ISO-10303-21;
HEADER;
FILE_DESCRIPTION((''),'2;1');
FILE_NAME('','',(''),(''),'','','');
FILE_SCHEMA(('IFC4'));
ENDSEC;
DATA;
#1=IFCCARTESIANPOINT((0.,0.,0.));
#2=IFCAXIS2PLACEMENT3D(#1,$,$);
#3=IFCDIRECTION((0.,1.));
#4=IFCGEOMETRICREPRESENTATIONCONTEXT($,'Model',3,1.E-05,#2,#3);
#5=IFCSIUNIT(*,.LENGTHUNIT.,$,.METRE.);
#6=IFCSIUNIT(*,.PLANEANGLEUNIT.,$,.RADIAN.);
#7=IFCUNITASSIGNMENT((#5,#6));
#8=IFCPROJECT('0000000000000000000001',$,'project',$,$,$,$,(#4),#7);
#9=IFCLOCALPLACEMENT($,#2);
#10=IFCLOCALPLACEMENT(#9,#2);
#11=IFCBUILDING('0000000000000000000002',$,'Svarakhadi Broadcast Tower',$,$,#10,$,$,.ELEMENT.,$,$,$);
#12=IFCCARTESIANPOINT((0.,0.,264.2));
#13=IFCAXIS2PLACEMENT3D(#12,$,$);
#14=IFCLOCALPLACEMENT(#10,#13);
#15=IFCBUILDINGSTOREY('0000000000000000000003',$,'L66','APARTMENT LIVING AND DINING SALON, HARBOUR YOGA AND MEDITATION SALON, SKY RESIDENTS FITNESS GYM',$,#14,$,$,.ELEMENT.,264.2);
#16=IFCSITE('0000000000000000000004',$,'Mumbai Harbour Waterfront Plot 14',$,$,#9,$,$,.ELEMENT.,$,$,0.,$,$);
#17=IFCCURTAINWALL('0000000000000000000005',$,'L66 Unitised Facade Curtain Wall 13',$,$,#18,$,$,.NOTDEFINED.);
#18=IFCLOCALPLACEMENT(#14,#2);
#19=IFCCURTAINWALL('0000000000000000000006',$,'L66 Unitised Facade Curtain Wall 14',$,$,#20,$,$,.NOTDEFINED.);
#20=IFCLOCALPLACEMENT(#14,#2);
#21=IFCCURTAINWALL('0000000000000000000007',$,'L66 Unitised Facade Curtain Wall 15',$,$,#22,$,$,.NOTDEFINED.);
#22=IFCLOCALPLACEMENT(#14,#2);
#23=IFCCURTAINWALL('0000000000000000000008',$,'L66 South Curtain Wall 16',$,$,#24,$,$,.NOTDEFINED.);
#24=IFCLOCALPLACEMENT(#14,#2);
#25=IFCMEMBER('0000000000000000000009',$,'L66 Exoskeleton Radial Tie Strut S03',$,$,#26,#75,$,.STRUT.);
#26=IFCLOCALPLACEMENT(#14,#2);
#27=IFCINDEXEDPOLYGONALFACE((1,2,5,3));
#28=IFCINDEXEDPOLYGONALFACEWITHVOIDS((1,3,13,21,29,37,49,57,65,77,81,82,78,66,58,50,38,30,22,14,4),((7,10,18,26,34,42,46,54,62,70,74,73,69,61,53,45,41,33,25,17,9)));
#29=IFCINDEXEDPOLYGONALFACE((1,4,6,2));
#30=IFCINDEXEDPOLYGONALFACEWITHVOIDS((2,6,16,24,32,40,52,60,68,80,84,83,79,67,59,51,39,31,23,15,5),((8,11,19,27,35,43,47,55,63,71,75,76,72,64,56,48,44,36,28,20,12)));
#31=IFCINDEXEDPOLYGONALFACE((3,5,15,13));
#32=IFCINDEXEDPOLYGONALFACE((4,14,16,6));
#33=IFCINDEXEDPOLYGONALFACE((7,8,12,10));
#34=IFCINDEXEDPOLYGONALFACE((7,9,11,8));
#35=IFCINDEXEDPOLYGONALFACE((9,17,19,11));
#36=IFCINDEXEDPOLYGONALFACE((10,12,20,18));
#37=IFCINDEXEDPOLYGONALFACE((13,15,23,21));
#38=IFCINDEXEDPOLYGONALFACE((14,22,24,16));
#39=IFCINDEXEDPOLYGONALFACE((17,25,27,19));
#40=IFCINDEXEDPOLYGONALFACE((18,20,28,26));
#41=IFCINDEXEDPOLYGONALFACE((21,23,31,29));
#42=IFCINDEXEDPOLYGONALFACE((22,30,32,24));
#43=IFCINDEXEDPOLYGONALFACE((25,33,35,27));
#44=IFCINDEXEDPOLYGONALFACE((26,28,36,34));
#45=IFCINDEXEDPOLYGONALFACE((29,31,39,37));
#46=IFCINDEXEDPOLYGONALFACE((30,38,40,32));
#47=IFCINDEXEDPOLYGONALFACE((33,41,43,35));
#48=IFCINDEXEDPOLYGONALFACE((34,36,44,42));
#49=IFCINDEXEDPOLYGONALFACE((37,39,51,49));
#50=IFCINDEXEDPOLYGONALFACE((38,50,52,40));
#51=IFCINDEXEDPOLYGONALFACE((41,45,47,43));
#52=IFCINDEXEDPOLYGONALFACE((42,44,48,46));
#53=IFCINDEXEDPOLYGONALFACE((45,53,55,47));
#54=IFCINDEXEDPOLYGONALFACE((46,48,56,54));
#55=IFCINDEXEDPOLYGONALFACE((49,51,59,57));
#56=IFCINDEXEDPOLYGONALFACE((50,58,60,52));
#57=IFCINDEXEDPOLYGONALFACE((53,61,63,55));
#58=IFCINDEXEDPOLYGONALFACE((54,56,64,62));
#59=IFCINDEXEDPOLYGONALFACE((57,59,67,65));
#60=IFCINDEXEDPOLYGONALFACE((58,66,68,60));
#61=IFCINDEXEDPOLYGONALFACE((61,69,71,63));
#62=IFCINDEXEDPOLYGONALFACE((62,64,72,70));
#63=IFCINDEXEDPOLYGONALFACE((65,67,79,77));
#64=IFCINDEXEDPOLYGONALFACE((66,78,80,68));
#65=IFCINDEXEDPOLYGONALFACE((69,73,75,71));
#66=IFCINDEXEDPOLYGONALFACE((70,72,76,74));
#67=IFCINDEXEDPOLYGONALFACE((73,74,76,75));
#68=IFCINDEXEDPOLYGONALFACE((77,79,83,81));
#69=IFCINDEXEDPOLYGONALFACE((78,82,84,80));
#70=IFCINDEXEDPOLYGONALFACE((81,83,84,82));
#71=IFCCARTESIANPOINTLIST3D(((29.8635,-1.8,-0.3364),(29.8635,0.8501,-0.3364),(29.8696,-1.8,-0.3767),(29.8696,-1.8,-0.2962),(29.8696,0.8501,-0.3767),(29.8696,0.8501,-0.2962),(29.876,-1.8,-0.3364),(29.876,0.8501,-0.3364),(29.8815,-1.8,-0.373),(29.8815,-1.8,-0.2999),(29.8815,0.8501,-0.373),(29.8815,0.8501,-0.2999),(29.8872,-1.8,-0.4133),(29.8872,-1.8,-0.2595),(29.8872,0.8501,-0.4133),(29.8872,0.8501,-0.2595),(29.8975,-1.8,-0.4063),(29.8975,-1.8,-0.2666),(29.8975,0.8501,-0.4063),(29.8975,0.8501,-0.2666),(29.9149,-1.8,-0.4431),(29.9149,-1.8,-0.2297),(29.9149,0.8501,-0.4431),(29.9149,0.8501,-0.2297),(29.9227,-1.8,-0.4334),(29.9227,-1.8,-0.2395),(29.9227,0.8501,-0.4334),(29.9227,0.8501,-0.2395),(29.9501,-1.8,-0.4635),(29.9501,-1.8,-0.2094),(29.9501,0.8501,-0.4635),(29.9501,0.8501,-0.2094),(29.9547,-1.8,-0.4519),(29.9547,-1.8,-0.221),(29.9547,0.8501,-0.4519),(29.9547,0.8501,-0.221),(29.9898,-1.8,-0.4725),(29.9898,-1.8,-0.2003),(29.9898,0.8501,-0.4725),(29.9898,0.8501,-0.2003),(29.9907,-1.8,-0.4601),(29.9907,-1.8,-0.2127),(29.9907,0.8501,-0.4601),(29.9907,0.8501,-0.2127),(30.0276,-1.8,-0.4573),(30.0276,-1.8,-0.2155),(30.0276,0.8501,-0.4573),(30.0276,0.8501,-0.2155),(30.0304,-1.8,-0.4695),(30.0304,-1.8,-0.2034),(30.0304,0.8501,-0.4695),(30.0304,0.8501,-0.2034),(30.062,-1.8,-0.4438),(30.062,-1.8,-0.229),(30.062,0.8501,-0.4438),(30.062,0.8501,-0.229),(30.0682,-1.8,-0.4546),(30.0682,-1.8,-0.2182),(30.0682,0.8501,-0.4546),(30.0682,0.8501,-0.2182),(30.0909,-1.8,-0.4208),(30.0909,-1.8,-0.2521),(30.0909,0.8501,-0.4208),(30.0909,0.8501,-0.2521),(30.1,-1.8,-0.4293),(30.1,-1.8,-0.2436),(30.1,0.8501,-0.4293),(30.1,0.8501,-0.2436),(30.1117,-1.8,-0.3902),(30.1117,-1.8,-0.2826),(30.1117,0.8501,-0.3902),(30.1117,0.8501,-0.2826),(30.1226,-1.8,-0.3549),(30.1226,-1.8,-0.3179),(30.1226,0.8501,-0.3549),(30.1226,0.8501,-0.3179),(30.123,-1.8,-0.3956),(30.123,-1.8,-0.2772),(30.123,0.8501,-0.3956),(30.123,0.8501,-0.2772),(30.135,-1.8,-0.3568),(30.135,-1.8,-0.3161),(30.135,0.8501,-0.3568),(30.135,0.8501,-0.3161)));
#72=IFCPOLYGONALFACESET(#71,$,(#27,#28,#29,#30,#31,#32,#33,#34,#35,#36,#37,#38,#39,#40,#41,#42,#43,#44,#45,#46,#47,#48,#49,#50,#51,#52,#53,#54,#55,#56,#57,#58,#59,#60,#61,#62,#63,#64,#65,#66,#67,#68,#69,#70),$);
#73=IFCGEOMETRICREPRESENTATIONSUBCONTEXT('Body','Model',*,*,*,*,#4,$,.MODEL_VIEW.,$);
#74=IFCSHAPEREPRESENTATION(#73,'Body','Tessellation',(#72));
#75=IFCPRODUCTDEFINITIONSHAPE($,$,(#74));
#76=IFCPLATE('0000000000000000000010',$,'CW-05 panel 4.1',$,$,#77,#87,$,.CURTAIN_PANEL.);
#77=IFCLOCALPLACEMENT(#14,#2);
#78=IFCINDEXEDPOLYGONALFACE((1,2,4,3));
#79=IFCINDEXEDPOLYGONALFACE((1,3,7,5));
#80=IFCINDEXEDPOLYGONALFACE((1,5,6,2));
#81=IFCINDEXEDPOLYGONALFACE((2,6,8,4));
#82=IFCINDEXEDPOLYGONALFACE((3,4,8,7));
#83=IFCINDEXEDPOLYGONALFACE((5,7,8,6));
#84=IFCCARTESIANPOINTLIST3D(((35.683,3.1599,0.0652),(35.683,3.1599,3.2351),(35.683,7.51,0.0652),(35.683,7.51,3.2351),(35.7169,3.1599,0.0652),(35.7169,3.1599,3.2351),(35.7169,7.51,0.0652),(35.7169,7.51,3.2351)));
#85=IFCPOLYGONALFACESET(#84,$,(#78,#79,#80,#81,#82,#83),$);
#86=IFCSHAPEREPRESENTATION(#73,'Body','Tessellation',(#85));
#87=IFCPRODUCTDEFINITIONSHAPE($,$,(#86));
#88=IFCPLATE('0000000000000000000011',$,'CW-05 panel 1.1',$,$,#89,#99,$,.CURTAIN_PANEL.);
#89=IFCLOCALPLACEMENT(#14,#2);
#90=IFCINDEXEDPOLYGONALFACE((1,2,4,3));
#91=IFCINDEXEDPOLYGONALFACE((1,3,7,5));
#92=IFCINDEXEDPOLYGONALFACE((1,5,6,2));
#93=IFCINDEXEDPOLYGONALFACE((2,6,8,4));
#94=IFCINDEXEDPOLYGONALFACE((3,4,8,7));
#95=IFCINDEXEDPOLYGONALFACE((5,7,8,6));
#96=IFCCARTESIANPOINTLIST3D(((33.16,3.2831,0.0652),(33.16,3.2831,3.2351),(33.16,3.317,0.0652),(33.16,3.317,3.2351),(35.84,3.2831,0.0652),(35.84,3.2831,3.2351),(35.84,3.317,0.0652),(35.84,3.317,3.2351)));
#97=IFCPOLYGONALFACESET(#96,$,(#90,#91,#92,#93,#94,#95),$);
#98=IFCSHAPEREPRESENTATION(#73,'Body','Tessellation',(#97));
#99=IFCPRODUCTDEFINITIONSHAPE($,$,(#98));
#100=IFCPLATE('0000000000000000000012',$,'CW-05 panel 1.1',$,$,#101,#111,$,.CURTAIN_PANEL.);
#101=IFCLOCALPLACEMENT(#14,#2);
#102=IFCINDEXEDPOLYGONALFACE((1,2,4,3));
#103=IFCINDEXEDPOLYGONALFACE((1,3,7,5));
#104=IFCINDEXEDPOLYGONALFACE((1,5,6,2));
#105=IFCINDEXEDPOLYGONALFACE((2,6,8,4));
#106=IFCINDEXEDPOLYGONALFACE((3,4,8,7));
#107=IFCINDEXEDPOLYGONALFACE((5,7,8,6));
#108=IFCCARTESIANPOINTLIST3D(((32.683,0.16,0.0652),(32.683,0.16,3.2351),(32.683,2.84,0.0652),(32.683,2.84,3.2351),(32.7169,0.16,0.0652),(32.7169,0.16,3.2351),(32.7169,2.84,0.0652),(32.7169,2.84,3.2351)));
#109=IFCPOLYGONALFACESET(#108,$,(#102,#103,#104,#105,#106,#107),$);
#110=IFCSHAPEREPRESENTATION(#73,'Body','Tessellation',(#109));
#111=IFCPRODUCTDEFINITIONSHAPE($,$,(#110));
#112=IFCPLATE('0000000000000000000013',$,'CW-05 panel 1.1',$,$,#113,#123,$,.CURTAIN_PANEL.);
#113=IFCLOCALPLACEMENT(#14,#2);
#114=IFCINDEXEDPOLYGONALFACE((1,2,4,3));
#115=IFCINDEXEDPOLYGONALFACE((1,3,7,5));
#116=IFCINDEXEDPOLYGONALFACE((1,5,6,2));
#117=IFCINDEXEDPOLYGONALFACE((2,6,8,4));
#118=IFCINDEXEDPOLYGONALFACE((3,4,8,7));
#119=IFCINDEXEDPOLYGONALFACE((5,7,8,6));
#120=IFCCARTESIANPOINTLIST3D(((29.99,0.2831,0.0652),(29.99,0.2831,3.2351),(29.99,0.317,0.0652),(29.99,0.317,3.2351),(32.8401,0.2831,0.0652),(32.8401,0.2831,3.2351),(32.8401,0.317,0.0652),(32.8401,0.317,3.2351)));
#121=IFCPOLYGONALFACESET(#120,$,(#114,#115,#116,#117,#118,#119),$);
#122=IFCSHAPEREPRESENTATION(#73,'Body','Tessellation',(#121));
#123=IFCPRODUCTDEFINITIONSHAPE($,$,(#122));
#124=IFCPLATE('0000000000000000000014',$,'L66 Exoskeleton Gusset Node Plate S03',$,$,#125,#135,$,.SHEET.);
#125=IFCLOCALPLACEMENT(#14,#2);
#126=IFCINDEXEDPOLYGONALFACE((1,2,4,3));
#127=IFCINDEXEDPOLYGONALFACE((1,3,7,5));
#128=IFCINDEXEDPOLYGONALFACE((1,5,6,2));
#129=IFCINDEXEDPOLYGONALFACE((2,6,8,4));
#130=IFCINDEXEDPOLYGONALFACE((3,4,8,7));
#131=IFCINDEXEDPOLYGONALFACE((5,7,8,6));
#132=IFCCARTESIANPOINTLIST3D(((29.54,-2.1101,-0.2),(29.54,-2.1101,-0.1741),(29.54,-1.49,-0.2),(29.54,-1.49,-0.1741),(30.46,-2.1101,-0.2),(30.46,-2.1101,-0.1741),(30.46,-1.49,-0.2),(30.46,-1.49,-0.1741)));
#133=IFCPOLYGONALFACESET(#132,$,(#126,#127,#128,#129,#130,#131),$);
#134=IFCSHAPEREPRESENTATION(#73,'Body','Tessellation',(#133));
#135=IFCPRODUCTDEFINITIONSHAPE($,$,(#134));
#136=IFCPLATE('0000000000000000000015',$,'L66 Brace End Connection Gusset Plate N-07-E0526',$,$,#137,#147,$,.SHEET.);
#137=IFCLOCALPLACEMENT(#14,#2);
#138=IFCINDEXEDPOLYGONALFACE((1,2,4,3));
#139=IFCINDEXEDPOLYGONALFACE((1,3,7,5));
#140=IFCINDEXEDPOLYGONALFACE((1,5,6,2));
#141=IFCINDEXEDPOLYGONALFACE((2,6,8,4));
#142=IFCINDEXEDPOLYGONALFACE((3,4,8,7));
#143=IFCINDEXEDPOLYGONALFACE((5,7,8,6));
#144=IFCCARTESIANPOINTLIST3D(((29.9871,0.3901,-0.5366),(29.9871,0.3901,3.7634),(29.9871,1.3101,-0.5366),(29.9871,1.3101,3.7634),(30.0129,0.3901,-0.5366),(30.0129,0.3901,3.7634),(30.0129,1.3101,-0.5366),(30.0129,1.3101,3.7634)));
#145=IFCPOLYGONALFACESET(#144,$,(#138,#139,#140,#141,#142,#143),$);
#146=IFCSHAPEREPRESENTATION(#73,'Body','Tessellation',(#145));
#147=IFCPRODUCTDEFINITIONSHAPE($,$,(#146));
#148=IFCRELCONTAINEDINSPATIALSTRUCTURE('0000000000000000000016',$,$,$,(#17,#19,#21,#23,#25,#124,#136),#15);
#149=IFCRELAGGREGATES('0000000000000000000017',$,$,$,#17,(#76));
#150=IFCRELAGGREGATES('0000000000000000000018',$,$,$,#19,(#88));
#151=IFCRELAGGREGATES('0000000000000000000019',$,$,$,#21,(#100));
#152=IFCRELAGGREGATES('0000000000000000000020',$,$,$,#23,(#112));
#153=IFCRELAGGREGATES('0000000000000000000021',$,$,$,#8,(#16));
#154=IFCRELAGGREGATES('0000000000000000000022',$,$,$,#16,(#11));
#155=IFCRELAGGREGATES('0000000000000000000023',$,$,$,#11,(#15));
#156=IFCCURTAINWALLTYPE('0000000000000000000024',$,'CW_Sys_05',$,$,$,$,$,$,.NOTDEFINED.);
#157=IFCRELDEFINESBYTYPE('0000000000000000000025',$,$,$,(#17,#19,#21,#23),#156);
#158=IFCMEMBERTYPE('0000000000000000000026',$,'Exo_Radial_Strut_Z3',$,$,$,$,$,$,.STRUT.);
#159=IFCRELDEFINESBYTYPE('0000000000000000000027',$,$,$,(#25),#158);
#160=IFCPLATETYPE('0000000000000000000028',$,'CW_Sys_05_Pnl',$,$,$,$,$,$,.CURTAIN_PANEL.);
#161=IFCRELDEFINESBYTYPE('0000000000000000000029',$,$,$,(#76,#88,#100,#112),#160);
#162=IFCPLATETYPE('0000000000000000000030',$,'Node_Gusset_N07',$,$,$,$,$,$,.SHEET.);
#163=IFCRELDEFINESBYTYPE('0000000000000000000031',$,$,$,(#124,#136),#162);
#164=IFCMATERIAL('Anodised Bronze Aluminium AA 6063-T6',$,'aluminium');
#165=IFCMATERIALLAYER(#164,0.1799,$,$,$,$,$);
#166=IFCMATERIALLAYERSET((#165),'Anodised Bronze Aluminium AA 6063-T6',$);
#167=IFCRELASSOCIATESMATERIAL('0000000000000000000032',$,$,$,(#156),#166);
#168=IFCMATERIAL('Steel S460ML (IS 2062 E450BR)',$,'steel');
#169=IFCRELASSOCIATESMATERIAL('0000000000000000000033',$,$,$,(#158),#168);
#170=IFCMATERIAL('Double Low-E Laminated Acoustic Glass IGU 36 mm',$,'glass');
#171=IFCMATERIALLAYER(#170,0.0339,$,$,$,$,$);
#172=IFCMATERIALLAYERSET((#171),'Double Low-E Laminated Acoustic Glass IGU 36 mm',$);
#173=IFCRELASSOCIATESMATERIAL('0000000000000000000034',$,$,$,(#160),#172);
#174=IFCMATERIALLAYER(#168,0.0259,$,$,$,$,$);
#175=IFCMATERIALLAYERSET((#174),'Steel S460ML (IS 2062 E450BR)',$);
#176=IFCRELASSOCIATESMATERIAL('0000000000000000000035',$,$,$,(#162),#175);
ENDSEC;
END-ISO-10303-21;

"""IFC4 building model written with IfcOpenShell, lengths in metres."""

from ifc_helpers import new_model, si_unit, direction, frame, origin, origin_2d, place, context, subcontext, project, spatial, rectangle, hollow_circle, extrude, material, layer, layer_set, material_profile, profile_set, type_object, element, aggregate, save


model = new_model("IFC4")

# Units and contexts
model_context = context("Model", 3, precision=1e-05, world=origin(), true_north=direction((0.0, 1.0)))
body_context = subcontext(model_context, "Body", "Model", "MODEL_VIEW")
ifc_project = project(units=[si_unit("LENGTHUNIT", "METRE"), si_unit("PLANEANGLEUNIT", "RADIAN")], contexts=[model_context])

# Site, building, storey
site_placement = place(None, origin())
site = spatial("IfcSite", under=ifc_project, at=site_placement, Name="Mumbai Harbour Waterfront Plot 14", CompositionType="ELEMENT", RefElevation=0.0)
building_placement = place(site_placement, origin())
building = spatial("IfcBuilding", under=site, at=building_placement, Name="Svarakhadi Broadcast Tower", CompositionType="ELEMENT")
storey_placement = place(building_placement, frame((0.0, 0.0, 264.2)))
storey = spatial("IfcBuildingStorey", under=building, at=storey_placement, Name="L66", Description="APARTMENT LIVING AND DINING SALON, HARBOUR YOGA AND MEDITATION SALON, SKY RESIDENTS FITNESS GYM", CompositionType="ELEMENT", Elevation=264.2)

# Shared definitions
ifc_material_1 = material(Name="Steel S460ML (IS 2062 E450BR)", Category="steel")

# Curtain wall
ifc_material_2 = material(Name="Anodised Bronze Aluminium AA 6063-T6", Category="aluminium")
ifc_layer_1 = layer(ifc_material_2, 0.1799)
ifc_layer_set_1 = layer_set([ifc_layer_1], Name="Anodised Bronze Aluminium AA 6063-T6")
curtain_wall_type = type_object("IfcCurtainWallType", Name="CW_Sys_05", PredefinedType="NOTDEFINED", material=ifc_layer_set_1)
curtain_wall_1_placement = place(storey_placement, origin())
curtain_wall_1 = element("IfcCurtainWall", 1, at=curtain_wall_1_placement, inside=storey, type_object=curtain_wall_type, Name="L66 Unitised Facade Curtain Wall 13", PredefinedType="NOTDEFINED")

# Curtain walls
curtain_wall_2_placement = place(storey_placement, origin())
curtain_wall_2 = element("IfcCurtainWall", 2, at=curtain_wall_2_placement, inside=storey, type_object=curtain_wall_type, Name="L66 Unitised Facade Curtain Wall 14", PredefinedType="NOTDEFINED")
curtain_wall_3_placement = place(storey_placement, origin())
curtain_wall_3 = element("IfcCurtainWall", 3, at=curtain_wall_3_placement, inside=storey, type_object=curtain_wall_type, Name="L66 Unitised Facade Curtain Wall 15", PredefinedType="NOTDEFINED")
curtain_wall_4_placement = place(storey_placement, origin())
curtain_wall_4 = element("IfcCurtainWall", 4, at=curtain_wall_4_placement, inside=storey, type_object=curtain_wall_type, Name="L66 South Curtain Wall 16", PredefinedType="NOTDEFINED")

# Member
ifc_material_profile_1 = material_profile(ifc_material_1, hollow_circle(Radius=0.1365, WallThickness=0.0125, at=origin_2d()), Name="CHS 273x12.5")
ifc_profile_set_1 = profile_set([ifc_material_profile_1], Name="Steel S460ML (IS 2062 E450BR)")
member_type_1 = type_object("IfcMemberType", Name="Exo_Radial_Strut_Z3", PredefinedType="STRUT", material=ifc_profile_set_1)
member_1_placement = place(storey_placement, frame((30.0, -1.8, -0.3364), z_axis=(0.0, 1.0, 0.0), x_axis=(-1.0, 0.0, 0.0)))
element("IfcMember", 5, at=member_1_placement, inside=storey, type_object=member_type_1, Name="L66 Exoskeleton Radial Tie Strut S03", PredefinedType="STRUT", context=body_context, shape_type="SweptSolid", body=[
    extrude(hollow_circle(Radius=0.1365, WallThickness=0.0125, at=origin_2d()), origin(), (0.0, 0.0, 1.0), 2.6501),
])

# Plates
ifc_material_3 = material(Name="Double Low-E Laminated Acoustic Glass IGU 36 mm", Category="glass")
ifc_layer_2 = layer(ifc_material_3, 0.0339)
ifc_layer_set_2 = layer_set([ifc_layer_2], Name="Double Low-E Laminated Acoustic Glass IGU 36 mm")
plate_type_1 = type_object("IfcPlateType", Name="CW_Sys_05_Pnl", PredefinedType="CURTAIN_PANEL", material=ifc_layer_set_2)
plate_1_placement = place(storey_placement, frame((35.7, 5.335, 0.0652), z_axis=(0.0, 0.0, 1.0), x_axis=(0.0, -1.0, 0.0)))
plate_1 = element("IfcPlate", 6, at=plate_1_placement, type_object=plate_type_1, Name="CW-05 panel 4.1", PredefinedType="CURTAIN_PANEL", context=body_context, shape_type="SweptSolid", body=[
    extrude(rectangle(XDim=4.3501, YDim=0.0339, at=origin_2d()), origin(), (0.0, 0.0, 1.0), 3.1699),
])
aggregate(curtain_wall_1, [plate_1])
plate_2_placement = place(storey_placement, frame((34.5, 3.3, 0.0652), z_axis=(0.0, 0.0, 1.0), x_axis=(-1.0, 0.0, 0.0)))
plate_2 = element("IfcPlate", 7, at=plate_2_placement, type_object=plate_type_1, Name="CW-05 panel 1.1", PredefinedType="CURTAIN_PANEL", context=body_context, shape_type="SweptSolid", body=[
    extrude(rectangle(XDim=2.6799, YDim=0.0339, at=origin_2d()), origin(), (0.0, 0.0, 1.0), 3.1699),
])
aggregate(curtain_wall_2, [plate_2])
plate_3_placement = place(storey_placement, frame((32.7, 1.5, 0.0652), z_axis=(0.0, 0.0, 1.0), x_axis=(0.0, -1.0, 0.0)))
plate_3 = element("IfcPlate", 8, at=plate_3_placement, type_object=plate_type_1, Name="CW-05 panel 1.1", PredefinedType="CURTAIN_PANEL", context=body_context, shape_type="SweptSolid", body=[
    extrude(rectangle(XDim=2.6799, YDim=0.0339, at=origin_2d()), origin(), (0.0, 0.0, 1.0), 3.1699),
])
aggregate(curtain_wall_3, [plate_3])
plate_4_placement = place(storey_placement, frame((31.415, 0.3, 0.0652), z_axis=(0.0, 0.0, 1.0), x_axis=(-1.0, 0.0, 0.0)))
plate_4 = element("IfcPlate", 9, at=plate_4_placement, type_object=plate_type_1, Name="CW-05 panel 1.1", PredefinedType="CURTAIN_PANEL", context=body_context, shape_type="SweptSolid", body=[
    extrude(rectangle(XDim=2.8501, YDim=0.0339, at=origin_2d()), origin(), (0.0, 0.0, 1.0), 3.1699),
])
aggregate(curtain_wall_4, [plate_4])

# Plates
ifc_layer_3 = layer(ifc_material_1, 0.0259)
ifc_layer_set_3 = layer_set([ifc_layer_3], Name="Steel S460ML (IS 2062 E450BR)")
plate_type_2 = type_object("IfcPlateType", Name="Node_Gusset_N07", PredefinedType="SHEET", material=ifc_layer_set_3)
plate_5_placement = place(storey_placement, frame((30.0, -1.8, -0.2), z_axis=(0.0, 0.0, 1.0), x_axis=(1.0, 0.0, 0.0)))
element("IfcPlate", 10, at=plate_5_placement, inside=storey, type_object=plate_type_2, Name="L66 Exoskeleton Gusset Node Plate S03", PredefinedType="SHEET", context=body_context, shape_type="SweptSolid", body=[
    extrude(rectangle(XDim=0.9199, YDim=0.6201, at=origin_2d()), origin(), (0.0, 0.0, 1.0), 0.0259),
])
plate_6_placement = place(storey_placement, frame((30.0, 0.8501, -0.5366), z_axis=(0.0, 0.0, 1.0), x_axis=(0.0, 1.0, 0.0)))
element("IfcPlate", 11, at=plate_6_placement, inside=storey, type_object=plate_type_2, Name="L66 Brace End Connection Gusset Plate N-07-E0526", PredefinedType="SHEET", context=body_context, shape_type="SweptSolid", body=[
    extrude(rectangle(XDim=0.9199, YDim=0.0259, at=origin_2d()), origin(), (0.0, 0.0, 1.0), 4.3),
])

save(model, "model.ifc")
